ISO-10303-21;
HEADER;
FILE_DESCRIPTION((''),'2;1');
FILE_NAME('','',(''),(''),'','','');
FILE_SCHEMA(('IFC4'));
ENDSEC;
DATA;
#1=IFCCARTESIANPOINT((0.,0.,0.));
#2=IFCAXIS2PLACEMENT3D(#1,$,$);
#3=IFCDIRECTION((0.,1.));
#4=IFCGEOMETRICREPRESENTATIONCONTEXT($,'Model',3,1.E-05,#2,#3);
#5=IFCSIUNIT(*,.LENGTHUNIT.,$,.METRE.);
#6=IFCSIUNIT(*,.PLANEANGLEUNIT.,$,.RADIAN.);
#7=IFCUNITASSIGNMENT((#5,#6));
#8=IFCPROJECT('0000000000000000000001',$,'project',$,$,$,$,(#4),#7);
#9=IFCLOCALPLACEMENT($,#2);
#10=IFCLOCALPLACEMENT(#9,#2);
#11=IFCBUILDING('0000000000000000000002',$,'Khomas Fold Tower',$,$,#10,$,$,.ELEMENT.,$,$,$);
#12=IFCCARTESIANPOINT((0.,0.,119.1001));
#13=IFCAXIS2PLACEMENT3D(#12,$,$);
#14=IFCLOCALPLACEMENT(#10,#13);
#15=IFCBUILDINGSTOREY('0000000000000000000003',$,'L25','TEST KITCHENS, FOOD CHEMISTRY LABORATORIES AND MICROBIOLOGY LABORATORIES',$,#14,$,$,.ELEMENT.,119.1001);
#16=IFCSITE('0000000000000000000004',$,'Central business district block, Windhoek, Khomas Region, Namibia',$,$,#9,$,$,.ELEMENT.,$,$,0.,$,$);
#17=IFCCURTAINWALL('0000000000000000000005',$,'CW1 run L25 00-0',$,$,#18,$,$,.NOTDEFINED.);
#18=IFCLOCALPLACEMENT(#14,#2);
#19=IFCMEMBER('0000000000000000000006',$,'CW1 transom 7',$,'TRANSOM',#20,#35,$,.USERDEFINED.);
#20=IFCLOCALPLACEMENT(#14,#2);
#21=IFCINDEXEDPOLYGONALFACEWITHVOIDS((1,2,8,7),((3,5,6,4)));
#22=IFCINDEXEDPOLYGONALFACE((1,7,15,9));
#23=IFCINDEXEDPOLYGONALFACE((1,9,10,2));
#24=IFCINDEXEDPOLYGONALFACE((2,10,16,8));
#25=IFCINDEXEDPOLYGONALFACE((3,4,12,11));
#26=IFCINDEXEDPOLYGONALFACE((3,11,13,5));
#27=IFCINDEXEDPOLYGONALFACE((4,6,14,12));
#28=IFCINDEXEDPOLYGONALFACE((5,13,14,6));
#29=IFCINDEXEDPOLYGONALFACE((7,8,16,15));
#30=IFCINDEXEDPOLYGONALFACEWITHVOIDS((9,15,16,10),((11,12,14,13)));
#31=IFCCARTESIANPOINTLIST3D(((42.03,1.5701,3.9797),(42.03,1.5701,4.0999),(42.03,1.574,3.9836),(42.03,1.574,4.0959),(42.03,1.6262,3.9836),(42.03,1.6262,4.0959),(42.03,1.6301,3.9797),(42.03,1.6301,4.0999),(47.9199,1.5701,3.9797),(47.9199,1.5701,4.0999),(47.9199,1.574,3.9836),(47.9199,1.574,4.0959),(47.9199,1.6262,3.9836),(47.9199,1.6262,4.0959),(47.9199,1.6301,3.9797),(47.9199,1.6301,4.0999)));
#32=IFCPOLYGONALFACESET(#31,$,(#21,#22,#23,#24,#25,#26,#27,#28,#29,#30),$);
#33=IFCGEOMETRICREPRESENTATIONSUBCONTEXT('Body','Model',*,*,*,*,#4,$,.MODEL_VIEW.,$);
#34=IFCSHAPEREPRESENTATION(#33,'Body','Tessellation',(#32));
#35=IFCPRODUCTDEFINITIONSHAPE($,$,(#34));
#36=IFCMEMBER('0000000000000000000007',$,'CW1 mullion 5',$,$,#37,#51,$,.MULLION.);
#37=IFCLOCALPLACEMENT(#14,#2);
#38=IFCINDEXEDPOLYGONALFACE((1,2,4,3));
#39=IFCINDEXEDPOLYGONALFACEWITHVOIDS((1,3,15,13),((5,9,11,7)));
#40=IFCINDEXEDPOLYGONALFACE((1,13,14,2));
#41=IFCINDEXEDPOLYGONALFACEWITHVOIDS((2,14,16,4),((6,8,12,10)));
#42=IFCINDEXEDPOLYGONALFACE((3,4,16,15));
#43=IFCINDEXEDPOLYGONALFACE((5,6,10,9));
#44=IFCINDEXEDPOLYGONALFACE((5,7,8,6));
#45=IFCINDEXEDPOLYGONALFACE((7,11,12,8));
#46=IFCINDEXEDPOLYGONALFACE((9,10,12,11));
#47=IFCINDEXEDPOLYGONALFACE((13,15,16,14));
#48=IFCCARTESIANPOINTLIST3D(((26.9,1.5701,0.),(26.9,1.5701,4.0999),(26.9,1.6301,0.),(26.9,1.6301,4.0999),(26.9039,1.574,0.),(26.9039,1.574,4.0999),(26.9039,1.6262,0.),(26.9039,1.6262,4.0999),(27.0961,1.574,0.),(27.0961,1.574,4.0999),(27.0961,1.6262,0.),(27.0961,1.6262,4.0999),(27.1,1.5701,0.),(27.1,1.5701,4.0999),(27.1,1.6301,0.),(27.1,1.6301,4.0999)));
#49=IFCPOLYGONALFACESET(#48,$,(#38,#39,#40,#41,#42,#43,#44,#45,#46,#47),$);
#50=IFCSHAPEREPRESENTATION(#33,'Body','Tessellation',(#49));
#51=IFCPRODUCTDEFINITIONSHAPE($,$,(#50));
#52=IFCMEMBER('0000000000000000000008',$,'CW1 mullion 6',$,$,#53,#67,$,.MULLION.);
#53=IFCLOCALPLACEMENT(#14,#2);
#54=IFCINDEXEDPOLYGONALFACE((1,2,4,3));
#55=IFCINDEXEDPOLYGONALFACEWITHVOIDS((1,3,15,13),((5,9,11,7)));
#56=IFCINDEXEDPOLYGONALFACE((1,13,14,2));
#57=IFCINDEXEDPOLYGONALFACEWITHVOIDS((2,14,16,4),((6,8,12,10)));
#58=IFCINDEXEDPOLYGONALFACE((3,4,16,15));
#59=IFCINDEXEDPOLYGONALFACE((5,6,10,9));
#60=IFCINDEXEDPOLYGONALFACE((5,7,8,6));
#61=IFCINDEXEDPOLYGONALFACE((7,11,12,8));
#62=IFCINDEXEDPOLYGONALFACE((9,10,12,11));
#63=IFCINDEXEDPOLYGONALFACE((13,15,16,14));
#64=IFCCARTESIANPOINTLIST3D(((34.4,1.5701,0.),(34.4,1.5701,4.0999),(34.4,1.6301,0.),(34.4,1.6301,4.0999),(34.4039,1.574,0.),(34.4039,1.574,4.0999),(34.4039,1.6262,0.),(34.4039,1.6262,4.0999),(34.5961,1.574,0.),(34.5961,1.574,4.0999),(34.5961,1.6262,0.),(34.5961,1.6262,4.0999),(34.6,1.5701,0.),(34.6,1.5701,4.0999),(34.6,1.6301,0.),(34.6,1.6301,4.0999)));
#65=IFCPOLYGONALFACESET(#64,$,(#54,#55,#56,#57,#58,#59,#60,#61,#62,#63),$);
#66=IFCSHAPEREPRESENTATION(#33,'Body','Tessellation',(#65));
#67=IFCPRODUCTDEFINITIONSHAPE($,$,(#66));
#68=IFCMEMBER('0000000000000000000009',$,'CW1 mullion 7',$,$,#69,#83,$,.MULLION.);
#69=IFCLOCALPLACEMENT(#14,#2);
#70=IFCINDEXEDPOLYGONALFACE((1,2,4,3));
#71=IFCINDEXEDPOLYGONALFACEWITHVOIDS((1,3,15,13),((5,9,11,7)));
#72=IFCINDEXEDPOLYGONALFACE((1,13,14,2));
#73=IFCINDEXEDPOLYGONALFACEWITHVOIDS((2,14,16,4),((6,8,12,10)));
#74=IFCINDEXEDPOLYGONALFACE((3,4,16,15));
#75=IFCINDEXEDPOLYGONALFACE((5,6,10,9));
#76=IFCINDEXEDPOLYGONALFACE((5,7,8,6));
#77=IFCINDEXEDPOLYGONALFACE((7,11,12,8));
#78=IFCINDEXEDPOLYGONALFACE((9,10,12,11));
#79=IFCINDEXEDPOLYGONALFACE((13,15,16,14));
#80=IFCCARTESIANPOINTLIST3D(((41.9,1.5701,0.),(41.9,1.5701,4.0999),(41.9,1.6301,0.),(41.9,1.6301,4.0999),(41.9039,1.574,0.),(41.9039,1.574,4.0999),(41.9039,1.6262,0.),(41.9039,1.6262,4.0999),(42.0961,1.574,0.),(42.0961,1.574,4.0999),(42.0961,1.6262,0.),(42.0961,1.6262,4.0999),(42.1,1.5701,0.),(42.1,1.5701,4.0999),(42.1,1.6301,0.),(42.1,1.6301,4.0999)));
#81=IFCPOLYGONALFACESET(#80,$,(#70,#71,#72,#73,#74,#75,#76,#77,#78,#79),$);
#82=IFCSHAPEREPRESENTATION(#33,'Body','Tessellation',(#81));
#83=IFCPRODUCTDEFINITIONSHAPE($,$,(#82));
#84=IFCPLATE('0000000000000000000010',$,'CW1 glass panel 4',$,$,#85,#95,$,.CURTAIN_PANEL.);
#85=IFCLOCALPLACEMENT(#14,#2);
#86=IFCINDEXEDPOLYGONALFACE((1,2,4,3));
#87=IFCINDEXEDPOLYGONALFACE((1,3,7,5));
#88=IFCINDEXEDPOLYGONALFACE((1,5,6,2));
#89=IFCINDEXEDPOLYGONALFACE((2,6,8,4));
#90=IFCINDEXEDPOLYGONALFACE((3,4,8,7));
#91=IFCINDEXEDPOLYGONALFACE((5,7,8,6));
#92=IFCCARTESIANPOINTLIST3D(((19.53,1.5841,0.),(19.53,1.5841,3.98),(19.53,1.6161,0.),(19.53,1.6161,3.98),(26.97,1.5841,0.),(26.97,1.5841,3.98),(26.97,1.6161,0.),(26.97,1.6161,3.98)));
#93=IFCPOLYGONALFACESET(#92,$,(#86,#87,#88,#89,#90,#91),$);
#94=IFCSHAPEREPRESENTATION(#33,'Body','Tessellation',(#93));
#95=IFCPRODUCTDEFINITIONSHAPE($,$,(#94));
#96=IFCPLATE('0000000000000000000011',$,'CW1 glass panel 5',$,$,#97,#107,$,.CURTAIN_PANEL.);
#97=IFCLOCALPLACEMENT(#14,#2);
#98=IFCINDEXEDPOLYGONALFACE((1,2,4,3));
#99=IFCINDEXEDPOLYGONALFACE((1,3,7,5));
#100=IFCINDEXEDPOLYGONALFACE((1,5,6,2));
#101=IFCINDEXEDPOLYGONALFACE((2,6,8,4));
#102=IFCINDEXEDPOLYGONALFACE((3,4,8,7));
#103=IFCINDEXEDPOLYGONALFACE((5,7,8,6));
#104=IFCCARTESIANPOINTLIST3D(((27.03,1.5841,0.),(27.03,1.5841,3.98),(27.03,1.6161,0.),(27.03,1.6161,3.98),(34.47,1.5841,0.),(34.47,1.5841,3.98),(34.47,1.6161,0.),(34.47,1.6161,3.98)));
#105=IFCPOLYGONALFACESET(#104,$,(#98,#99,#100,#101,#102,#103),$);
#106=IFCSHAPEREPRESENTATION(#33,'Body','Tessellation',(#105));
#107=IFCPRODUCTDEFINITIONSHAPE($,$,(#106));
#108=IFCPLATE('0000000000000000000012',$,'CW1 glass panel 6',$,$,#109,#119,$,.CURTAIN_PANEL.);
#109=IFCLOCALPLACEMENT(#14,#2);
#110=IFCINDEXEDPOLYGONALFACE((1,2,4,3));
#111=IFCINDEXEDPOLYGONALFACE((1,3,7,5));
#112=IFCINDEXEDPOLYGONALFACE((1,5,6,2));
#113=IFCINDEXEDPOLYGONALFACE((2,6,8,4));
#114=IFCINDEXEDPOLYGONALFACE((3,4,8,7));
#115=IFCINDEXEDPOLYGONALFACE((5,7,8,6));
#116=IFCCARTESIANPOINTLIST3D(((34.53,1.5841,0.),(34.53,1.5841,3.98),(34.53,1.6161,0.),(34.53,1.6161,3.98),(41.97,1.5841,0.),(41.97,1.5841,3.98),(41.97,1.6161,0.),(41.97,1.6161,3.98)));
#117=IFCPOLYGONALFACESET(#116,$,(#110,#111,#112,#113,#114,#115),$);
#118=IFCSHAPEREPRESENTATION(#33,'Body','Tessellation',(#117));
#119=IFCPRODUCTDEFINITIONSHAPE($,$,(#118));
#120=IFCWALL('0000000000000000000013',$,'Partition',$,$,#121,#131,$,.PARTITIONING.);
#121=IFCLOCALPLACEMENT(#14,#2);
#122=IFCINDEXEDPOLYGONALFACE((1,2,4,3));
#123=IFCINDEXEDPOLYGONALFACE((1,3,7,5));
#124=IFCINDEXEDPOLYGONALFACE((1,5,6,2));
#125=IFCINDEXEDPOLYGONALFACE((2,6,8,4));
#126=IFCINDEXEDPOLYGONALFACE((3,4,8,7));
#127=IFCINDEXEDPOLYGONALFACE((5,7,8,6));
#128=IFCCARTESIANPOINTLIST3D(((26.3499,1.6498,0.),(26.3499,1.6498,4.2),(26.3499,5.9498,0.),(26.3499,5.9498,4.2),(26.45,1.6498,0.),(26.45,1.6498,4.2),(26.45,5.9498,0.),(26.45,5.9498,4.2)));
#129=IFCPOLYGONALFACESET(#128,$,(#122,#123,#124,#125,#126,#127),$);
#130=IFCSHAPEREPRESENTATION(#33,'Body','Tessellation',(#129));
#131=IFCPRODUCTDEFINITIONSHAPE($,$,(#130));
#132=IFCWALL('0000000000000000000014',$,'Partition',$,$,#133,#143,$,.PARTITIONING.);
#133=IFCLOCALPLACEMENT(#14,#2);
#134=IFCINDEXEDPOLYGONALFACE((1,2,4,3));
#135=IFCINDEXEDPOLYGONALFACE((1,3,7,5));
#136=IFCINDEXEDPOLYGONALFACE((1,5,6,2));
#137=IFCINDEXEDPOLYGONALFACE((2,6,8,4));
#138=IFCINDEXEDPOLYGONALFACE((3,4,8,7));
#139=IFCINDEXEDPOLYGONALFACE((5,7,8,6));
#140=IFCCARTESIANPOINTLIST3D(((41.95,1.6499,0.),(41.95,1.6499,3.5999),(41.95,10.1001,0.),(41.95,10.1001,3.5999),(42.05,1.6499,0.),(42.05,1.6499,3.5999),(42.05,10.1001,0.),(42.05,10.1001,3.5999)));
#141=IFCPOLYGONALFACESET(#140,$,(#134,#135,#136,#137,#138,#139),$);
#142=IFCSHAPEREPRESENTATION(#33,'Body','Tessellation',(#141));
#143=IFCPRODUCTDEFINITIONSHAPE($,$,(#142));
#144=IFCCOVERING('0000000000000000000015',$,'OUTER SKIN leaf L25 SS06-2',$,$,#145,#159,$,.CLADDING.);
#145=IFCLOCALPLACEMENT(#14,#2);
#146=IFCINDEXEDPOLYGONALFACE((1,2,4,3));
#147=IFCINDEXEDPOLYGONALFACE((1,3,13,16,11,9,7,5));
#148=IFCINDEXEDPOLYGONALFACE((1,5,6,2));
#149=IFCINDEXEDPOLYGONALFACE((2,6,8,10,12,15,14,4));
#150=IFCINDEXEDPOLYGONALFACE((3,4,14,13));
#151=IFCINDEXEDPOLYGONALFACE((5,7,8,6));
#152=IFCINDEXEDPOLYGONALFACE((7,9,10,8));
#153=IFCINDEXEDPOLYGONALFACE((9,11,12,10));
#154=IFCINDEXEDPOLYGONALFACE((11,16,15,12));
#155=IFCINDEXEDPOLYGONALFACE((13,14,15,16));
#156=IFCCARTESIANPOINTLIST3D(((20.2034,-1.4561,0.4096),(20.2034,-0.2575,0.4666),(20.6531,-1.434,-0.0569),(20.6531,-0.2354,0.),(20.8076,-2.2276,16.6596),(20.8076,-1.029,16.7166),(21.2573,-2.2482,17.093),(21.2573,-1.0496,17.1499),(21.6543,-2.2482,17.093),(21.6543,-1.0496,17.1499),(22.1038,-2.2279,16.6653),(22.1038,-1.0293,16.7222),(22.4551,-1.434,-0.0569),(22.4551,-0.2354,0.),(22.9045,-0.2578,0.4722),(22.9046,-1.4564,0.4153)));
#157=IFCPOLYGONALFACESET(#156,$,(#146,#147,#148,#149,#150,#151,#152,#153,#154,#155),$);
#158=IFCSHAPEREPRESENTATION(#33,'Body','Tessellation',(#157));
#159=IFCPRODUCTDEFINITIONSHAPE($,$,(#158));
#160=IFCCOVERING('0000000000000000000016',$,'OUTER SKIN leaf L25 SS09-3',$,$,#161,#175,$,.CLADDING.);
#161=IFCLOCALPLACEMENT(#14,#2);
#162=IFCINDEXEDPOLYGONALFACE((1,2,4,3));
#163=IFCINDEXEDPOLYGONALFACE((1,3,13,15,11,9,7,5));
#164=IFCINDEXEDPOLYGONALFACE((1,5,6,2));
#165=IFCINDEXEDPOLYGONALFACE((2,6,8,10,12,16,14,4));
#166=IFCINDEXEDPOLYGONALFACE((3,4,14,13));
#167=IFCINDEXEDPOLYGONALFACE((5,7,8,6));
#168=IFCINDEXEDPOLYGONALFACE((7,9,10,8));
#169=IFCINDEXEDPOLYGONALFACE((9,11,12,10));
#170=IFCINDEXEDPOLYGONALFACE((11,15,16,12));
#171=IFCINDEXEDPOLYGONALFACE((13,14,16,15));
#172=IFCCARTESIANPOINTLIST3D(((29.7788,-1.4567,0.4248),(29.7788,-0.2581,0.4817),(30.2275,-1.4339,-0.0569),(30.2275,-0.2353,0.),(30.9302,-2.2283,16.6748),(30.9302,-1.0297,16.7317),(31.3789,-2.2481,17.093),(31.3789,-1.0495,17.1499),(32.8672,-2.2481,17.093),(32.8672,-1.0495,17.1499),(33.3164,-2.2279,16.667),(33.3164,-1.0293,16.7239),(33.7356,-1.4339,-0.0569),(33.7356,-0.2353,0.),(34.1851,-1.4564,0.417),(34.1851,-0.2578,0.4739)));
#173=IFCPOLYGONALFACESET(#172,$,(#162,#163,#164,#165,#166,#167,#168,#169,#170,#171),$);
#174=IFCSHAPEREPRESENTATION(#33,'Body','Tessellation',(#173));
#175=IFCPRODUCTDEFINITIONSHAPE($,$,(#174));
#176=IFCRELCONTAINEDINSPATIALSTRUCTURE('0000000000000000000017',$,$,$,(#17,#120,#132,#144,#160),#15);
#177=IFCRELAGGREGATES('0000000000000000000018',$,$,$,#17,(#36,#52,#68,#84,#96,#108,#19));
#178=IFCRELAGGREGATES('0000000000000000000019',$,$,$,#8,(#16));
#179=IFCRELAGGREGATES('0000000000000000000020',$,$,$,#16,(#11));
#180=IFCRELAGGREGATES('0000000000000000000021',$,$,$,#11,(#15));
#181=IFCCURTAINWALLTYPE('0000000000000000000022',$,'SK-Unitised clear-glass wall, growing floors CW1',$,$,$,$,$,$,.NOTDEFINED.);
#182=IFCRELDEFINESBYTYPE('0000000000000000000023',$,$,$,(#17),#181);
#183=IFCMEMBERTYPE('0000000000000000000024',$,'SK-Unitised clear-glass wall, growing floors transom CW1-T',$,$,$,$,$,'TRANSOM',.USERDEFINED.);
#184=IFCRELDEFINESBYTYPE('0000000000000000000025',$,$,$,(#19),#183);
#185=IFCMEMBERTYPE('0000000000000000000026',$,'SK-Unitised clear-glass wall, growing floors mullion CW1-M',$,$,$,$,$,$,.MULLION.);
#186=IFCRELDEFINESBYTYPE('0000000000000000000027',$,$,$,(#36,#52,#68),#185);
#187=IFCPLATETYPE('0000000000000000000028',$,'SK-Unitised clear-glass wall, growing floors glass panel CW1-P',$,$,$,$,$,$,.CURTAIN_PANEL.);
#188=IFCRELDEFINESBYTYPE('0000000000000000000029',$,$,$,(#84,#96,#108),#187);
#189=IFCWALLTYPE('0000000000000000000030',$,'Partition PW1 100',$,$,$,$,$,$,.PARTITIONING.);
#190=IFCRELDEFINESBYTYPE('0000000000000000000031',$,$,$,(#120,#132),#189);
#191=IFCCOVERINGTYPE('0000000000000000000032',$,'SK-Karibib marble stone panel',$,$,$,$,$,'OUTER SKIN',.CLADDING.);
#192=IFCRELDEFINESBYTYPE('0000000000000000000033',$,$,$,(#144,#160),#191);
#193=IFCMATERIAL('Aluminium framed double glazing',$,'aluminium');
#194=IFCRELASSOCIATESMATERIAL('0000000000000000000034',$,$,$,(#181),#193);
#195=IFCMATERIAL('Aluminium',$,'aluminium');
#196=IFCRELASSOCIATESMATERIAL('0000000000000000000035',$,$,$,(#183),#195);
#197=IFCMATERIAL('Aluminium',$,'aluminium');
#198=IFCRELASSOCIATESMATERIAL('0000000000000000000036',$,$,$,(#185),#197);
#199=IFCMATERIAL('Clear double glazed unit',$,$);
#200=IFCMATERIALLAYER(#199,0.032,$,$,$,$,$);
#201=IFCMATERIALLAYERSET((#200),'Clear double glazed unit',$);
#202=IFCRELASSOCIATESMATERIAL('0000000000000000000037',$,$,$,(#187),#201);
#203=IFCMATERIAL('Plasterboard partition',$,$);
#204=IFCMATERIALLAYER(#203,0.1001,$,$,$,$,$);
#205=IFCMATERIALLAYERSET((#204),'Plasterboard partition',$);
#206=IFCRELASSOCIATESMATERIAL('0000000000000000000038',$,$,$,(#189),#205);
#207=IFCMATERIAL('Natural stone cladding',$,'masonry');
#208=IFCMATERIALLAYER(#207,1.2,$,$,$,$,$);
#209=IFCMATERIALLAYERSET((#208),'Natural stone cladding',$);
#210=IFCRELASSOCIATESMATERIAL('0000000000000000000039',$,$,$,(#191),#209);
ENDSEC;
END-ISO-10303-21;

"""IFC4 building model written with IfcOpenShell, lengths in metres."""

from ifc_helpers import new_model, si_unit, direction, frame, frame_2d, origin, origin_2d, place, context, subcontext, project, spatial, polyline, rectangle, hollow_rectangle, outline, extrude, source, transform, mapped, material, layer, layer_set, material_profile, profile_set, type_object, element, aggregate, save


model = new_model("IFC4")

# Units and contexts
model_context = context("Model", 3, precision=1e-05, world=origin(), true_north=direction((0.0, 1.0)))
body_context = subcontext(model_context, "Body", "Model", "MODEL_VIEW")
ifc_project = project(units=[si_unit("LENGTHUNIT", "METRE"), si_unit("PLANEANGLEUNIT", "RADIAN")], contexts=[model_context])

# Site, building, storey
site_placement = place(None, origin())
site = spatial("IfcSite", under=ifc_project, at=site_placement, Name="Central business district block, Windhoek, Khomas Region, Namibia", CompositionType="ELEMENT", RefElevation=0.0)
building_placement = place(site_placement, origin())
building = spatial("IfcBuilding", under=site, at=building_placement, Name="Khomas Fold Tower", CompositionType="ELEMENT")
storey_placement = place(building_placement, frame((0.0, 0.0, 119.1001)))
storey = spatial("IfcBuildingStorey", under=building, at=storey_placement, Name="L25", Description="TEST KITCHENS, FOOD CHEMISTRY LABORATORIES AND MICROBIOLOGY LABORATORIES", CompositionType="ELEMENT", Elevation=119.1001)

# Curtain wall, members, plates
ifc_material_1 = material(Name="Aluminium framed double glazing", Category="aluminium")
curtain_wall_type = type_object("IfcCurtainWallType", Name="SK-Unitised clear-glass wall, growing floors CW1", PredefinedType="NOTDEFINED", material=ifc_material_1)
curtain_wall_placement = place(storey_placement, origin())
curtain_wall = element("IfcCurtainWall", 1, at=curtain_wall_placement, inside=storey, type_object=curtain_wall_type, Name="CW1 run L25 00-0", PredefinedType="NOTDEFINED")
ifc_material_2 = material(Name="Aluminium", Category="aluminium")
ifc_material_profile_1 = material_profile(ifc_material_2, hollow_rectangle(XDim=0.0601, YDim=0.1201, WallThickness=0.0039, at=origin_2d()), Name="SK-Unitised clear-glass wall, growing floors transom CW1-T")
ifc_profile_set_1 = profile_set([ifc_material_profile_1], Name="Aluminium")
member_type_1 = type_object("IfcMemberType", Name="SK-Unitised clear-glass wall, growing floors transom CW1-T", ElementType="TRANSOM", PredefinedType="USERDEFINED", material=ifc_profile_set_1)
shared_shape_1 = source(origin(), body_context, "Body", "SweptSolid", [
    extrude(hollow_rectangle(XDim=0.0601, YDim=0.1201, WallThickness=0.0039, at=origin_2d()), origin(), (0.0, 0.0, 1.0), 5.8899),
])
member_1_placement = place(storey_placement, frame((42.03, 1.6001, 4.0398), z_axis=(1.0, 0.0, 0.0), x_axis=(0.0, 1.0, 0.0)))
member_1 = element("IfcMember", 2, at=member_1_placement, type_object=member_type_1, Name="CW1 transom 7", ObjectType="TRANSOM", PredefinedType="USERDEFINED", context=body_context, shape_type="MappedRepresentation", body=[
    mapped(shared_shape_1, transform((0.0, 0.0, 0.0))),
])
ifc_material_3 = material(Name="Aluminium", Category="aluminium")
ifc_material_profile_2 = material_profile(ifc_material_3, hollow_rectangle(XDim=0.0601, YDim=0.2, WallThickness=0.0039, at=origin_2d()), Name="SK-Unitised clear-glass wall, growing floors mullion CW1-M")
ifc_profile_set_2 = profile_set([ifc_material_profile_2], Name="Aluminium")
member_type_2 = type_object("IfcMemberType", Name="SK-Unitised clear-glass wall, growing floors mullion CW1-M", PredefinedType="MULLION", material=ifc_profile_set_2)
shared_shape_2 = source(origin(), body_context, "Body", "SweptSolid", [
    extrude(hollow_rectangle(XDim=0.0601, YDim=0.2, WallThickness=0.0039, at=origin_2d()), origin(), (0.0, 0.0, 1.0), 4.0999),
])
member_2_placement = place(storey_placement, frame((27.0, 1.6001, 0.0), z_axis=(0.0, 0.0, 1.0), x_axis=(0.0, 1.0, 0.0)))
member_2 = element("IfcMember", 3, at=member_2_placement, type_object=member_type_2, Name="CW1 mullion 5", PredefinedType="MULLION", context=body_context, shape_type="MappedRepresentation", body=[
    mapped(shared_shape_2, transform((0.0, 0.0, 0.0))),
])
member_3_placement = place(storey_placement, frame((34.5, 1.6001, 0.0), z_axis=(0.0, 0.0, 1.0), x_axis=(0.0, 1.0, 0.0)))
member_3 = element("IfcMember", 4, at=member_3_placement, type_object=member_type_2, Name="CW1 mullion 6", PredefinedType="MULLION", context=body_context, shape_type="MappedRepresentation", body=[
    mapped(shared_shape_2, transform((0.0, 0.0, 0.0))),
])
member_4_placement = place(storey_placement, frame((42.0, 1.6001, 0.0), z_axis=(0.0, 0.0, 1.0), x_axis=(0.0, 1.0, 0.0)))
member_4 = element("IfcMember", 5, at=member_4_placement, type_object=member_type_2, Name="CW1 mullion 7", PredefinedType="MULLION", context=body_context, shape_type="MappedRepresentation", body=[
    mapped(shared_shape_2, transform((0.0, 0.0, 0.0))),
])
ifc_material_4 = material(Name="Clear double glazed unit")
ifc_layer_1 = layer(ifc_material_4, 0.032)
ifc_layer_set_1 = layer_set([ifc_layer_1], Name="Clear double glazed unit")
plate_type = type_object("IfcPlateType", Name="SK-Unitised clear-glass wall, growing floors glass panel CW1-P", PredefinedType="CURTAIN_PANEL", material=ifc_layer_set_1)
shared_shape_3 = source(origin(), body_context, "Body", "SweptSolid", [
    extrude(rectangle(XDim=7.4399, YDim=0.032, at=origin_2d()), origin(), (0.0, 0.0, 1.0), 3.98),
])
plate_1_placement = place(storey_placement, frame((23.25, 1.6001, 0.0), z_axis=(0.0, 0.0, 1.0), x_axis=(1.0, 0.0, 0.0)))
plate_1 = element("IfcPlate", 6, at=plate_1_placement, type_object=plate_type, Name="CW1 glass panel 4", PredefinedType="CURTAIN_PANEL", context=body_context, shape_type="MappedRepresentation", body=[
    mapped(shared_shape_3, transform((0.0, 0.0, 0.0))),
])
plate_2_placement = place(storey_placement, frame((30.75, 1.6001, 0.0), z_axis=(0.0, 0.0, 1.0), x_axis=(1.0, 0.0, 0.0)))
plate_2 = element("IfcPlate", 7, at=plate_2_placement, type_object=plate_type, Name="CW1 glass panel 5", PredefinedType="CURTAIN_PANEL", context=body_context, shape_type="MappedRepresentation", body=[
    mapped(shared_shape_3, transform((0.0, 0.0, 0.0))),
])
plate_3_placement = place(storey_placement, frame((38.25, 1.6001, 0.0), z_axis=(0.0, 0.0, 1.0), x_axis=(1.0, 0.0, 0.0)))
plate_3 = element("IfcPlate", 8, at=plate_3_placement, type_object=plate_type, Name="CW1 glass panel 6", PredefinedType="CURTAIN_PANEL", context=body_context, shape_type="MappedRepresentation", body=[
    mapped(shared_shape_3, transform((0.0, 0.0, 0.0))),
])
aggregate(curtain_wall, [member_2, member_3, member_4, plate_1, plate_2, plate_3, member_1])

# Walls
ifc_material_5 = material(Name="Plasterboard partition")
ifc_layer_2 = layer(ifc_material_5, 0.1001)
ifc_layer_set_2 = layer_set([ifc_layer_2], Name="Plasterboard partition")
wall_type = type_object("IfcWallType", Name="Partition PW1 100", PredefinedType="PARTITIONING", material=ifc_layer_set_2)
shared_shape_4 = source(origin(), body_context, "Body", "SweptSolid", [
    extrude(rectangle(XDim=4.3, YDim=0.1001, at=frame_2d((2.1499, 0.0))), origin(), (0.0, 0.0, 1.0), 4.2),
])
wall_1_placement = place(storey_placement, frame((26.3999, 1.6499, 0.0), z_axis=(0.0, 0.0, 1.0), x_axis=(0.0, 1.0, 0.0)))
element("IfcWall", 9, at=wall_1_placement, inside=storey, type_object=wall_type, Name="Partition", PredefinedType="PARTITIONING", context=body_context, shape_type="MappedRepresentation", body=[
    mapped(shared_shape_4, transform((0.0, 0.0, 0.0))),
])
shared_shape_5 = source(origin(), body_context, "Body", "SweptSolid", [
    extrude(rectangle(XDim=8.4502, YDim=0.1001, at=frame_2d((4.2251, 0.0))), origin(), (0.0, 0.0, 1.0), 3.5999),
])
wall_2_placement = place(storey_placement, frame((42.0, 1.6499, 0.0), z_axis=(0.0, 0.0, 1.0), x_axis=(0.0, 1.0, 0.0)))
element("IfcWall", 10, at=wall_2_placement, inside=storey, type_object=wall_type, Name="Partition", PredefinedType="PARTITIONING", context=body_context, shape_type="MappedRepresentation", body=[
    mapped(shared_shape_5, transform((0.0, 0.0, 0.0))),
])

# Coverings
ifc_material_6 = material(Name="Natural stone cladding", Category="masonry")
ifc_layer_3 = layer(ifc_material_6, 1.2)
ifc_layer_set_3 = layer_set([ifc_layer_3], Name="Natural stone cladding")
covering_type = type_object("IfcCoveringType", Name="SK-Karibib marble stone panel", ElementType="OUTER SKIN", PredefinedType="CLADDING", material=ifc_layer_set_3)
covering_1_placement = place(storey_placement, frame((22.1038, -1.0293, 16.7222), z_axis=(-0.000011, 0.998875, 0.047425), x_axis=(0.049164, 0.047368, -0.997667)))
element("IfcCovering", 11, at=covering_1_placement, inside=storey, type_object=covering_type, Name="OUTER SKIN leaf L25 SS06-2", PredefinedType="CLADDING", context=body_context, shape_type="SweptSolid", body=[
    extrude(outline(polyline([(0.0, 0.0), (16.288, 0.0), (16.738, 0.4722), (16.6494, 2.272), (16.1608, 2.6982), (-0.0581, 1.2949), (-0.4693, 0.8244), (-0.4498, 0.4279), (0.0, 0.0)])), origin(), (0.0, 0.0, -1.0), 1.2),
])
covering_2_placement = place(storey_placement, frame((33.3164, -1.0293, 16.7239), z_axis=(0.000001, 0.998875, 0.047425), x_axis=(0.053319, 0.047357, -0.997454)))
element("IfcCovering", 12, at=covering_2_placement, inside=storey, type_object=covering_type, Name="OUTER SKIN leaf L25 SS09-3", PredefinedType="CLADDING", context=body_context, shape_type="SweptSolid", body=[
    extrude(outline(polyline([(0.0, 0.0), (16.2915, 0.0), (16.7412, 0.4741), (16.5542, 3.9772), (16.0487, 4.3996), (-0.135, 2.3824), (-0.5292, 1.912), (-0.4499, 0.4258), (0.0, 0.0)])), origin(), (0.0, 0.0, -1.0), 1.2),
])

save(model, "model.ifc")
